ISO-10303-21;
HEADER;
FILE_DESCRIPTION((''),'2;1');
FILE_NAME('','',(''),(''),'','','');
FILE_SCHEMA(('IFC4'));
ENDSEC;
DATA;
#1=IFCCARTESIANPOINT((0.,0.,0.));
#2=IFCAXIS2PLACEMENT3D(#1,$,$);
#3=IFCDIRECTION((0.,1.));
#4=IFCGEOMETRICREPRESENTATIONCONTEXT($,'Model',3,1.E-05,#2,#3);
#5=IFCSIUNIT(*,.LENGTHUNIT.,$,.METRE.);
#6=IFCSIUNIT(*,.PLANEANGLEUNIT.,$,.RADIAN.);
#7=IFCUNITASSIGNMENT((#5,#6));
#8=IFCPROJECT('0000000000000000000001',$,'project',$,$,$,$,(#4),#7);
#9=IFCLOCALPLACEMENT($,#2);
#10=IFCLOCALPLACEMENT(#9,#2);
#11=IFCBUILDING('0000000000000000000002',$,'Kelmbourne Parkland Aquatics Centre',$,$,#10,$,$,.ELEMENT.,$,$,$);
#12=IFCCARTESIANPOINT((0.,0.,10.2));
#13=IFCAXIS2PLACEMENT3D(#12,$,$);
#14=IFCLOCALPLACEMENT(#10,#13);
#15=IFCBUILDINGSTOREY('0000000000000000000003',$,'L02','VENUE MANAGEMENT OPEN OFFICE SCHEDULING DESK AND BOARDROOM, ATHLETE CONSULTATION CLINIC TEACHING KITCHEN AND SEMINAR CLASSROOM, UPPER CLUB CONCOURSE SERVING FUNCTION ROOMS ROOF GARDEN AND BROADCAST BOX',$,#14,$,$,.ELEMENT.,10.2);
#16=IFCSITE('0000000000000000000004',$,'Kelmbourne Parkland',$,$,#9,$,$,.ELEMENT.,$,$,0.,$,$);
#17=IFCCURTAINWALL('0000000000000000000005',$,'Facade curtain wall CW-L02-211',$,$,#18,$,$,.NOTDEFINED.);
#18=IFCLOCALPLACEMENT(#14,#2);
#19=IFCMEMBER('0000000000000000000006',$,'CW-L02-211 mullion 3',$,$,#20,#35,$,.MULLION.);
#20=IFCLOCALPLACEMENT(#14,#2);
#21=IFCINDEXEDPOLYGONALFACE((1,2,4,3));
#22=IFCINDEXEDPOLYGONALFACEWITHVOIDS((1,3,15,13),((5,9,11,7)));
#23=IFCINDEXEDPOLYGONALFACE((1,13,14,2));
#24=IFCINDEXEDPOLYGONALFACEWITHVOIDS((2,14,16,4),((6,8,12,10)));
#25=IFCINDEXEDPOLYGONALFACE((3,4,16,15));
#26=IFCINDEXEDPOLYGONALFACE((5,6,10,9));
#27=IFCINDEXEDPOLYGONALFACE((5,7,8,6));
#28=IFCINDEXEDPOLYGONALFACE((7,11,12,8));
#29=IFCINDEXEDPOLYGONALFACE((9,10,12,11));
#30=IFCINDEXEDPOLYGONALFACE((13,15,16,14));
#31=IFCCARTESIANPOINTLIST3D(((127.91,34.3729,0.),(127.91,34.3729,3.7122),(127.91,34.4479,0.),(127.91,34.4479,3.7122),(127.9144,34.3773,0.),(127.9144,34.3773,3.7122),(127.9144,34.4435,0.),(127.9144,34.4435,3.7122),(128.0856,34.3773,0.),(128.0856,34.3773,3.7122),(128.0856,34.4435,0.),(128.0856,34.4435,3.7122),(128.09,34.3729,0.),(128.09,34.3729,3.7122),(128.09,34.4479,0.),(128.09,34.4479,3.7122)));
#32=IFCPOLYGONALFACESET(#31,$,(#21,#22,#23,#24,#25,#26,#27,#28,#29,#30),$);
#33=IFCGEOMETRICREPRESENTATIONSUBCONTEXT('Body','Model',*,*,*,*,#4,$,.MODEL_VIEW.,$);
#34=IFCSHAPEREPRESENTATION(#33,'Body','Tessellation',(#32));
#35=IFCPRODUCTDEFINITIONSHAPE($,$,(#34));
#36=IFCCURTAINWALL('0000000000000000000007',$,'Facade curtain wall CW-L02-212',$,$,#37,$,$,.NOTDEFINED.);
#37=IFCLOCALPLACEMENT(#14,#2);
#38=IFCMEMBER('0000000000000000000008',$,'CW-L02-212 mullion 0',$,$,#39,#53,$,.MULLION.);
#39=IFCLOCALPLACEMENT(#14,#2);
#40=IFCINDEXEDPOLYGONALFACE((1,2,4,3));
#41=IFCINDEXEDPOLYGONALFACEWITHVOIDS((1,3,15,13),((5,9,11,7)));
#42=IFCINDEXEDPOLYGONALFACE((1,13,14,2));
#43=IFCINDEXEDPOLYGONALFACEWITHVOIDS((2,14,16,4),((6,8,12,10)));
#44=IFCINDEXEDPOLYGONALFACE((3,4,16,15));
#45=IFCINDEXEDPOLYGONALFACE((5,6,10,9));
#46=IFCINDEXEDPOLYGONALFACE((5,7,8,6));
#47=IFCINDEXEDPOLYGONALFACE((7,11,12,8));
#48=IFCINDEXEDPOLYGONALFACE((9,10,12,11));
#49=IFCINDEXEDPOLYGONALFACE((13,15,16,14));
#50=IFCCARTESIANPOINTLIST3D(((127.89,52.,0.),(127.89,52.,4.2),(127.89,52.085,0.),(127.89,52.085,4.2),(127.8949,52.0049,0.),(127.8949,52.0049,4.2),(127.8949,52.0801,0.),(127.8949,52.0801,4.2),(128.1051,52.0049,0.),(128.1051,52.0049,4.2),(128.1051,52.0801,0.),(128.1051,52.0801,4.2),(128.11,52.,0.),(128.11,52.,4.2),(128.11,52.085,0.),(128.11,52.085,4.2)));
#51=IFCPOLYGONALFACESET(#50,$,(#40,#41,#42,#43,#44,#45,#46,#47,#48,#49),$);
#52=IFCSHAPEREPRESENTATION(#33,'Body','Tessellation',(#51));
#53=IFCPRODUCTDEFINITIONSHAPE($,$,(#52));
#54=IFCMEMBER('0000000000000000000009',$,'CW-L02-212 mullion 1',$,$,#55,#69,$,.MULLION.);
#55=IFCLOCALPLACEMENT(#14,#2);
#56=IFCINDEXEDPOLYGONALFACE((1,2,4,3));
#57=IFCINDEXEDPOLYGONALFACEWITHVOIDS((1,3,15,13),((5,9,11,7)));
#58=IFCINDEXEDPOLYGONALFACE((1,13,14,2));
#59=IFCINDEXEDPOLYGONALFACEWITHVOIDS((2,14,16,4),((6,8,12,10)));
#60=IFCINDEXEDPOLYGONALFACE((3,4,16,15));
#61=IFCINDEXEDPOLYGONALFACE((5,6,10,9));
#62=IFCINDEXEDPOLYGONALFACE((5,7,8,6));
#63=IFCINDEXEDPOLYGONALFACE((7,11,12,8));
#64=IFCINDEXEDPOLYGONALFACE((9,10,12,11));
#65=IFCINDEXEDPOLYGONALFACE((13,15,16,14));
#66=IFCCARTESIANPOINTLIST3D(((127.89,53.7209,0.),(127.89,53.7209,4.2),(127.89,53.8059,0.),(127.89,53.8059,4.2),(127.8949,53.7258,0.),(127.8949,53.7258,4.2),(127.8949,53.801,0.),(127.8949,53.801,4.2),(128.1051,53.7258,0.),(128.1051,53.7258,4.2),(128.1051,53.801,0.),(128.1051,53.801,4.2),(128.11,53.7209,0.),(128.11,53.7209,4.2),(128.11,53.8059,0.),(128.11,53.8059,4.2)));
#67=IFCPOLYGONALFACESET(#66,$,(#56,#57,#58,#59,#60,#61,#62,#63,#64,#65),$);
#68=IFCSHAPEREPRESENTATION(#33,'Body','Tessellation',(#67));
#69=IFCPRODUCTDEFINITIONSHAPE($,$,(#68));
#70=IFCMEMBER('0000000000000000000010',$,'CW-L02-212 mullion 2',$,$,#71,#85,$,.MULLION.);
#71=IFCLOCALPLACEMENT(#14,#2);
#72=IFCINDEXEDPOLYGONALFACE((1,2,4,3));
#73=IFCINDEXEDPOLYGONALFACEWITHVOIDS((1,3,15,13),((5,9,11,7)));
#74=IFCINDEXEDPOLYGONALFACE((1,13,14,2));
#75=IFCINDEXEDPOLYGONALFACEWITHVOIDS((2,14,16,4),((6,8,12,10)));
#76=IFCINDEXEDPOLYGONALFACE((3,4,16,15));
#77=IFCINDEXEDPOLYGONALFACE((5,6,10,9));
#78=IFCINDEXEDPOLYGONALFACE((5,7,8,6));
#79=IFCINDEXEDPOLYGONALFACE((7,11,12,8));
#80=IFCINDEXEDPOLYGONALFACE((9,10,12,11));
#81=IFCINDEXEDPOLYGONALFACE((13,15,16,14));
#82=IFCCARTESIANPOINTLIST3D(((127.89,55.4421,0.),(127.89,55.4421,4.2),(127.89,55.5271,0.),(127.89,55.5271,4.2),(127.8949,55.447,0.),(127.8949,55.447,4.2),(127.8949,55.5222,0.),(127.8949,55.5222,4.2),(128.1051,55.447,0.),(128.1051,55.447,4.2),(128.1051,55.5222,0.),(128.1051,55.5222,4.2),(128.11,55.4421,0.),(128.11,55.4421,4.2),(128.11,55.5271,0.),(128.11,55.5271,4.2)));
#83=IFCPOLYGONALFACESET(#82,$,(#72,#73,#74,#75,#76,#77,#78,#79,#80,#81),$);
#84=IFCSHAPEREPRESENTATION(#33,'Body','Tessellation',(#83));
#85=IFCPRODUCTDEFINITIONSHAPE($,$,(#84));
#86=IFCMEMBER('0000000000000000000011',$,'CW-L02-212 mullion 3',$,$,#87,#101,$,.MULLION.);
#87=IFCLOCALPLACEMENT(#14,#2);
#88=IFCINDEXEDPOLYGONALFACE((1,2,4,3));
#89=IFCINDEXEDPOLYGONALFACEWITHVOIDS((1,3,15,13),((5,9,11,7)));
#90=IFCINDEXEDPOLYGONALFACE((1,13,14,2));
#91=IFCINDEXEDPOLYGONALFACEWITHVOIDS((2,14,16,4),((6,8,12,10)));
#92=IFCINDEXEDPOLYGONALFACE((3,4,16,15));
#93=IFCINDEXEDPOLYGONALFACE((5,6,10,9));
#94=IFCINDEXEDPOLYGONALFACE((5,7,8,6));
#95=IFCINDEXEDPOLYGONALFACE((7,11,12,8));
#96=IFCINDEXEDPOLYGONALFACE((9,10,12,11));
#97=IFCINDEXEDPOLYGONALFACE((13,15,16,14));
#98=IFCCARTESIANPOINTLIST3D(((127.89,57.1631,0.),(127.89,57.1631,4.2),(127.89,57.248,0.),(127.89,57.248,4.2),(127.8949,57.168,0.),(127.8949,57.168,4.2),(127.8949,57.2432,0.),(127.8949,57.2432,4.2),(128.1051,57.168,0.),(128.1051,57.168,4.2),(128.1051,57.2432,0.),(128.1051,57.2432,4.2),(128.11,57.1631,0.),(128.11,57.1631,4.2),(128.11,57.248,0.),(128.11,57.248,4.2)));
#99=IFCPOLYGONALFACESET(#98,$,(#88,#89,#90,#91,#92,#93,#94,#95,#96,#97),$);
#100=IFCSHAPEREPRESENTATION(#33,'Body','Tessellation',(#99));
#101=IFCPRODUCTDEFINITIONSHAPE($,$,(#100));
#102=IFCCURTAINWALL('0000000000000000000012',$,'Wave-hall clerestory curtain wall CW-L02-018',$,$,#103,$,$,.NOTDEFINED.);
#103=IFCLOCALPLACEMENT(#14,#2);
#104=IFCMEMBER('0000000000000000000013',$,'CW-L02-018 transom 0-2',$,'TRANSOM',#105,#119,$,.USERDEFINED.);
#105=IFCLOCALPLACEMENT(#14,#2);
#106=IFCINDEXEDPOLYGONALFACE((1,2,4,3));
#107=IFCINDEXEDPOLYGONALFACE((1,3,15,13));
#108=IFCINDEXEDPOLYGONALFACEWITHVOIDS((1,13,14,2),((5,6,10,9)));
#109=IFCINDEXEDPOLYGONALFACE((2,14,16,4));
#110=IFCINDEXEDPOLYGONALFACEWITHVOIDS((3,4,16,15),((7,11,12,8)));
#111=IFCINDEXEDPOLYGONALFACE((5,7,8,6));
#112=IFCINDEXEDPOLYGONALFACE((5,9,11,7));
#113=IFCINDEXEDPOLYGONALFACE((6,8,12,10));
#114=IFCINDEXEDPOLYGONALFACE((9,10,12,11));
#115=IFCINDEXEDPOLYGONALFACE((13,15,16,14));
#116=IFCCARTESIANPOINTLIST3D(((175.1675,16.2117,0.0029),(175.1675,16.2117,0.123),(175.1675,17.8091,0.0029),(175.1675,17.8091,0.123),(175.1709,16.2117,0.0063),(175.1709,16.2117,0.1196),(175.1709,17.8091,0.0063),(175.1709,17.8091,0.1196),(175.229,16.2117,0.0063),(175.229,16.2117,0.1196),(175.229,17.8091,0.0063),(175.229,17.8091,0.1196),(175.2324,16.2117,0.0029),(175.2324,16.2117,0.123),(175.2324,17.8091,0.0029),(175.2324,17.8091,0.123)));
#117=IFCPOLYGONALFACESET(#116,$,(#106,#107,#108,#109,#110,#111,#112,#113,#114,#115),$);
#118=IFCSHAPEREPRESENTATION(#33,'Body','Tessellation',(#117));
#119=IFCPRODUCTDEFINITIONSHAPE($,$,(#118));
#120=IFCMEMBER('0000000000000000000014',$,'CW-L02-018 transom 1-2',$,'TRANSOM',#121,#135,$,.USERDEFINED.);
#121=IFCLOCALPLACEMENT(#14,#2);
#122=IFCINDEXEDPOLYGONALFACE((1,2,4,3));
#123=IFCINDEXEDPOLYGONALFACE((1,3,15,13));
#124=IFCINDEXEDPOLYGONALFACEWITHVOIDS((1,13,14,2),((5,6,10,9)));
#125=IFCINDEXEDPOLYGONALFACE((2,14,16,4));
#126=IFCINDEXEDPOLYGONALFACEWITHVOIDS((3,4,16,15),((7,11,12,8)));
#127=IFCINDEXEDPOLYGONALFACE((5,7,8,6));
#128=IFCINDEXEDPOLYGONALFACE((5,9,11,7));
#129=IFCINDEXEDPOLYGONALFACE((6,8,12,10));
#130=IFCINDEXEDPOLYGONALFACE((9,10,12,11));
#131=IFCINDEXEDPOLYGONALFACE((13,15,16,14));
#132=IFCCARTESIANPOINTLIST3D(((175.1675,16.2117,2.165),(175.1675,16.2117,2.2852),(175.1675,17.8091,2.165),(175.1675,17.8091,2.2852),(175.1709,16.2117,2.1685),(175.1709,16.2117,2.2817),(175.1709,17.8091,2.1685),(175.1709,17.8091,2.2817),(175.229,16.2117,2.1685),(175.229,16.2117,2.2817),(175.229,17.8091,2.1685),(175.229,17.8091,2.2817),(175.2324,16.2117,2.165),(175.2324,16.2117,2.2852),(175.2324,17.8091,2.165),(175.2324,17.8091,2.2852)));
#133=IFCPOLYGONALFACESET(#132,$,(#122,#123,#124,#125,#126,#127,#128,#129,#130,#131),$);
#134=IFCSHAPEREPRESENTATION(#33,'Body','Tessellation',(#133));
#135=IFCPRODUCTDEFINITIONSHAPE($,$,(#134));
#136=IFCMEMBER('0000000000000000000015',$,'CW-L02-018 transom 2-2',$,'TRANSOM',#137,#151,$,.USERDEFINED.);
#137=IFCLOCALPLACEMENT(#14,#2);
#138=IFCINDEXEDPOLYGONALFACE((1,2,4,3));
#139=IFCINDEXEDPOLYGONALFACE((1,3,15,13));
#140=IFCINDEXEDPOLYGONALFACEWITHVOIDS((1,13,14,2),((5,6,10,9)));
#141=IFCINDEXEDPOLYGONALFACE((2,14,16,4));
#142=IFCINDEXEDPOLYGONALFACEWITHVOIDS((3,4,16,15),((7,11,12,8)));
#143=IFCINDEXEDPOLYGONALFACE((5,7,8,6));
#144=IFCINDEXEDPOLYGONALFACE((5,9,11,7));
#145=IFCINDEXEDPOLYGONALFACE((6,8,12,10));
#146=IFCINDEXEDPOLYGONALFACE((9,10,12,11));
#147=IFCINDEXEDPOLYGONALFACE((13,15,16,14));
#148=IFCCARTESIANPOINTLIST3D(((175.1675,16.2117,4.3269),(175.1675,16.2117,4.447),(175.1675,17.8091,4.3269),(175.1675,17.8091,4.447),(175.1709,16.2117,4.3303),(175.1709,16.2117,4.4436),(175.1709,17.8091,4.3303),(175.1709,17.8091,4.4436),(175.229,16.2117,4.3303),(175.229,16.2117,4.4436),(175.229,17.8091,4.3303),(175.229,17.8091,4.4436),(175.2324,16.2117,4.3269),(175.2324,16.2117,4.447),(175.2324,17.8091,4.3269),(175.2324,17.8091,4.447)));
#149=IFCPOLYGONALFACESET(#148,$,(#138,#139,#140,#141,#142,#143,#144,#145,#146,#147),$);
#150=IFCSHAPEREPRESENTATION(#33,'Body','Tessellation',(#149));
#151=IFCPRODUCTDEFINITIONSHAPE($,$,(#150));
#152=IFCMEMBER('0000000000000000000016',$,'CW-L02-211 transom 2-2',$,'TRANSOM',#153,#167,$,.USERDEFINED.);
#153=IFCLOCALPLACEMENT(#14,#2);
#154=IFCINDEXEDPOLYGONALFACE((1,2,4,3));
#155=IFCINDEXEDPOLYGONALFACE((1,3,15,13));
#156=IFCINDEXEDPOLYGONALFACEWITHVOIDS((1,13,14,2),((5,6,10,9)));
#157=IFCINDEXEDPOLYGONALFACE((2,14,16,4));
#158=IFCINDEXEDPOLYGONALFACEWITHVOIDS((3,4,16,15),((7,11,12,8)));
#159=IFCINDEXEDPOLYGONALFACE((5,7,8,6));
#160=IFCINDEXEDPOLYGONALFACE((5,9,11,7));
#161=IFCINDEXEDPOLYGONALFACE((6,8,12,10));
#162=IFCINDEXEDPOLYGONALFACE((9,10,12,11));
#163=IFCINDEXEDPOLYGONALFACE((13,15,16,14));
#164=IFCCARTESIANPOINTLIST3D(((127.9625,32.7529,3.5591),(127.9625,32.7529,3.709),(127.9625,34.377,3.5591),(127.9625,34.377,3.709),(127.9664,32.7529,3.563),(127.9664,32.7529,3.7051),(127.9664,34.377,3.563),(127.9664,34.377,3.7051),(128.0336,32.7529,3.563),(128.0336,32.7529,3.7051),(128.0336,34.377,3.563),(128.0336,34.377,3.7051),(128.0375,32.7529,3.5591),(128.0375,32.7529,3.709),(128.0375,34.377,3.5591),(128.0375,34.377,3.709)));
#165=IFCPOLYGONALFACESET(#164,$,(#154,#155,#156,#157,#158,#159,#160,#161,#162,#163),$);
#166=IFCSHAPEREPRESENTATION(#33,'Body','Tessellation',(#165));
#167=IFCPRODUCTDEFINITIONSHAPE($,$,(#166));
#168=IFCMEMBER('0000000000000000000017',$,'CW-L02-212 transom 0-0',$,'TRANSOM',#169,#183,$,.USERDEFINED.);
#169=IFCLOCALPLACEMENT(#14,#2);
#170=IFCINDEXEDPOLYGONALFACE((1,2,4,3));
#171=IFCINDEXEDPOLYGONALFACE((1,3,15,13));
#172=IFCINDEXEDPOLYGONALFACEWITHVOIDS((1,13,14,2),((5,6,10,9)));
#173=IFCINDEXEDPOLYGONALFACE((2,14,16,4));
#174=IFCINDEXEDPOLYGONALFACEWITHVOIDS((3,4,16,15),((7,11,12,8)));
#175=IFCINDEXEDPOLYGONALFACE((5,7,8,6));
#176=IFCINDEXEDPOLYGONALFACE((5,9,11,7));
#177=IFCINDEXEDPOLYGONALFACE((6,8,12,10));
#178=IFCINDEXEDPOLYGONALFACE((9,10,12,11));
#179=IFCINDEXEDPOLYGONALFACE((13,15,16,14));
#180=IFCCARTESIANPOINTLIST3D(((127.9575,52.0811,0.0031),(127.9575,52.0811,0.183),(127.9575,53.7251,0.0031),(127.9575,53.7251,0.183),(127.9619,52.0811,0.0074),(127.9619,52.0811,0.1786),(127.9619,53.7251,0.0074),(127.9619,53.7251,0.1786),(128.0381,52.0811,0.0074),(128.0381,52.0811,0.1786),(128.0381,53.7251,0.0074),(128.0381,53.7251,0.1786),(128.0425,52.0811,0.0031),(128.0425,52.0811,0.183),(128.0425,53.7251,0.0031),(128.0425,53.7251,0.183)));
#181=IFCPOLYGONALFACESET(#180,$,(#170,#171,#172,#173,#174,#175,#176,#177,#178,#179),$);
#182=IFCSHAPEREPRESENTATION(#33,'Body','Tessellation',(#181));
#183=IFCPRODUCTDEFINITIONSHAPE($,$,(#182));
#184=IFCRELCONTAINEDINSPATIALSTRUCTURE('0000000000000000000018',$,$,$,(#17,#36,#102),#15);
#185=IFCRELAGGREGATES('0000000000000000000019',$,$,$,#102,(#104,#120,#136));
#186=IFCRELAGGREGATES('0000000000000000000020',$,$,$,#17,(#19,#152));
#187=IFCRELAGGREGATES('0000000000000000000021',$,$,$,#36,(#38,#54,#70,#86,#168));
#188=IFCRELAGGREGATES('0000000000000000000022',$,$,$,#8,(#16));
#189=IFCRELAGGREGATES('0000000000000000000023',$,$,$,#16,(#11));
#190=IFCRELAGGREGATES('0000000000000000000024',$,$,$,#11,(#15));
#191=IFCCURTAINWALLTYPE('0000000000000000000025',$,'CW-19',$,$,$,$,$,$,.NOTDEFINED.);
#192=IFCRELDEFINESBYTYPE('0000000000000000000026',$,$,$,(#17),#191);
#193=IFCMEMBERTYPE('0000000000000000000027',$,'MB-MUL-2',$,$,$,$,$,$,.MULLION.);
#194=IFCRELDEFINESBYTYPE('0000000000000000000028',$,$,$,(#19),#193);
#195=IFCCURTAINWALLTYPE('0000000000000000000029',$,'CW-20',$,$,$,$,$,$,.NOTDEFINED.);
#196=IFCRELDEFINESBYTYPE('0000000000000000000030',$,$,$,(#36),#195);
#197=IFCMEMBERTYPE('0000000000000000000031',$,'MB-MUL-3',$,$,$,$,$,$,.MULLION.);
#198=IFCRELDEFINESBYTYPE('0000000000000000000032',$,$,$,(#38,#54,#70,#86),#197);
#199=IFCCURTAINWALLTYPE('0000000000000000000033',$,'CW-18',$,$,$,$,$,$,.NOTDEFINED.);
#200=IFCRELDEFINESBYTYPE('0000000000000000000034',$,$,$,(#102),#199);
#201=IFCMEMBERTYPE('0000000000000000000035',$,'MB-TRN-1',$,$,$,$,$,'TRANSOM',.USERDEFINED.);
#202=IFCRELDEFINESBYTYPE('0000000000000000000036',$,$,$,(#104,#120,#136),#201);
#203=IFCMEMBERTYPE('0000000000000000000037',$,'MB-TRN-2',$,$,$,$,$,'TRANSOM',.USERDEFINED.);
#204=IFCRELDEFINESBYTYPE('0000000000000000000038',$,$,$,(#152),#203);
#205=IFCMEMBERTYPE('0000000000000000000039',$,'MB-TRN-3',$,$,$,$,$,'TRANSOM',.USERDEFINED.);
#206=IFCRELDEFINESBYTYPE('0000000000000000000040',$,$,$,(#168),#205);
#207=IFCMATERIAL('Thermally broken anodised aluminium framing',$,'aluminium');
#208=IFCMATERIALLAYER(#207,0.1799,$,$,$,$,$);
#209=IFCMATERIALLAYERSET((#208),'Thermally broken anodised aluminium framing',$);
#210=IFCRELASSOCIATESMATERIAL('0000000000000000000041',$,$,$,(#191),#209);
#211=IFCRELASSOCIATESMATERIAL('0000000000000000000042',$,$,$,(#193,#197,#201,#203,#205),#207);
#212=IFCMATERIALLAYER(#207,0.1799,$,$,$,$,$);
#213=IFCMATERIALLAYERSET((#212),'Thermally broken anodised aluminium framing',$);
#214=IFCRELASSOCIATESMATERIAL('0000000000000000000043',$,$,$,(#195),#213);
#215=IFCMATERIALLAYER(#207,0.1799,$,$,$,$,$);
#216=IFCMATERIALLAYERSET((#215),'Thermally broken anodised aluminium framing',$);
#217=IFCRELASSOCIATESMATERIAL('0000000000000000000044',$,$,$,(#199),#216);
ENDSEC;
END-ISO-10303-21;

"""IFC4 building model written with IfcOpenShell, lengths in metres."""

from ifc_helpers import new_model, si_unit, direction, frame, origin, origin_2d, place, context, subcontext, project, spatial, hollow_rectangle, extrude, material, layer, layer_set, material_profile, profile_set, type_object, element, aggregate, save


model = new_model("IFC4")

# Units and contexts
model_context = context("Model", 3, precision=1e-05, world=origin(), true_north=direction((0.0, 1.0)))
body_context = subcontext(model_context, "Body", "Model", "MODEL_VIEW")
ifc_project = project(units=[si_unit("LENGTHUNIT", "METRE"), si_unit("PLANEANGLEUNIT", "RADIAN")], contexts=[model_context])

# Site, building, storey
site_placement = place(None, origin())
site = spatial("IfcSite", under=ifc_project, at=site_placement, Name="Kelmbourne Parkland", CompositionType="ELEMENT", RefElevation=0.0)
building_placement = place(site_placement, origin())
building = spatial("IfcBuilding", under=site, at=building_placement, Name="Kelmbourne Parkland Aquatics Centre", CompositionType="ELEMENT")
storey_placement = place(building_placement, frame((0.0, 0.0, 10.2)))
storey = spatial("IfcBuildingStorey", under=building, at=storey_placement, Name="L02", Description="VENUE MANAGEMENT OPEN OFFICE SCHEDULING DESK AND BOARDROOM, ATHLETE CONSULTATION CLINIC TEACHING KITCHEN AND SEMINAR CLASSROOM, UPPER CLUB CONCOURSE SERVING FUNCTION ROOMS ROOF GARDEN AND BROADCAST BOX", CompositionType="ELEMENT", Elevation=10.2)

# Curtain wall, member
ifc_material_1 = material(Name="Thermally broken anodised aluminium framing", Category="aluminium")
ifc_layer_1 = layer(ifc_material_1, 0.1799)
ifc_layer_set_1 = layer_set([ifc_layer_1], Name="Thermally broken anodised aluminium framing")
curtain_wall_type_1 = type_object("IfcCurtainWallType", Name="CW-19", PredefinedType="NOTDEFINED", material=ifc_layer_set_1)
curtain_wall_1_placement = place(storey_placement, origin())
curtain_wall_1 = element("IfcCurtainWall", 1, at=curtain_wall_1_placement, inside=storey, type_object=curtain_wall_type_1, Name="Facade curtain wall CW-L02-211", PredefinedType="NOTDEFINED")
ifc_material_profile_1 = material_profile(ifc_material_1, hollow_rectangle(XDim=0.075, YDim=0.1799, WallThickness=0.0044, at=origin_2d()), Name="CW-M 75x180")
ifc_profile_set_1 = profile_set([ifc_material_profile_1], Name="Thermally broken anodised aluminium framing")
member_type_1 = type_object("IfcMemberType", Name="MB-MUL-2", PredefinedType="MULLION", material=ifc_profile_set_1)
member_1_placement = place(storey_placement, frame((128.0, 34.4104, 0.0), z_axis=(0.0, 0.0, 1.0), x_axis=(0.0, 1.0, 0.0)))
member_1 = element("IfcMember", 2, at=member_1_placement, type_object=member_type_1, Name="CW-L02-211 mullion 3", PredefinedType="MULLION", context=body_context, shape_type="SweptSolid", body=[
    extrude(hollow_rectangle(XDim=0.075, YDim=0.1799, WallThickness=0.0044, at=origin_2d()), origin(), (0.0, 0.0, 1.0), 3.7122),
])

# Curtain walls, members
ifc_layer_2 = layer(ifc_material_1, 0.1799)
ifc_layer_set_2 = layer_set([ifc_layer_2], Name="Thermally broken anodised aluminium framing")
curtain_wall_type_2 = type_object("IfcCurtainWallType", Name="CW-20", PredefinedType="NOTDEFINED", material=ifc_layer_set_2)
curtain_wall_2_placement = place(storey_placement, origin())
curtain_wall_2 = element("IfcCurtainWall", 3, at=curtain_wall_2_placement, inside=storey, type_object=curtain_wall_type_2, Name="Facade curtain wall CW-L02-212", PredefinedType="NOTDEFINED")
ifc_material_profile_2 = material_profile(ifc_material_1, hollow_rectangle(XDim=0.085, YDim=0.22, WallThickness=0.0049, at=origin_2d()), Name="CW-M 85x220")
ifc_profile_set_2 = profile_set([ifc_material_profile_2], Name="Thermally broken anodised aluminium framing")
member_type_2 = type_object("IfcMemberType", Name="MB-MUL-3", PredefinedType="MULLION", material=ifc_profile_set_2)
member_2_placement = place(storey_placement, frame((128.0, 52.0425, 0.0), z_axis=(0.0, 0.0, 1.0), x_axis=(0.0, 1.0, 0.0)))
member_2 = element("IfcMember", 4, at=member_2_placement, type_object=member_type_2, Name="CW-L02-212 mullion 0", PredefinedType="MULLION", context=body_context, shape_type="SweptSolid", body=[
    extrude(hollow_rectangle(XDim=0.085, YDim=0.22, WallThickness=0.0049, at=origin_2d()), origin(), (0.0, 0.0, 1.0), 4.2),
])
member_3_placement = place(storey_placement, frame((128.0, 53.7634, 0.0), z_axis=(0.0, 0.0, 1.0), x_axis=(0.0, 1.0, 0.0)))
member_3 = element("IfcMember", 5, at=member_3_placement, type_object=member_type_2, Name="CW-L02-212 mullion 1", PredefinedType="MULLION", context=body_context, shape_type="SweptSolid", body=[
    extrude(hollow_rectangle(XDim=0.085, YDim=0.22, WallThickness=0.0049, at=origin_2d()), origin(), (0.0, 0.0, 1.0), 4.2),
])
member_4_placement = place(storey_placement, frame((128.0, 55.4846, 0.0), z_axis=(0.0, 0.0, 1.0), x_axis=(0.0, 1.0, 0.0)))
member_4 = element("IfcMember", 6, at=member_4_placement, type_object=member_type_2, Name="CW-L02-212 mullion 2", PredefinedType="MULLION", context=body_context, shape_type="SweptSolid", body=[
    extrude(hollow_rectangle(XDim=0.085, YDim=0.22, WallThickness=0.0049, at=origin_2d()), origin(), (0.0, 0.0, 1.0), 4.2),
])
member_5_placement = place(storey_placement, frame((128.0, 57.2056, 0.0), z_axis=(0.0, 0.0, 1.0), x_axis=(0.0, 1.0, 0.0)))
member_5 = element("IfcMember", 7, at=member_5_placement, type_object=member_type_2, Name="CW-L02-212 mullion 3", PredefinedType="MULLION", context=body_context, shape_type="SweptSolid", body=[
    extrude(hollow_rectangle(XDim=0.085, YDim=0.22, WallThickness=0.0049, at=origin_2d()), origin(), (0.0, 0.0, 1.0), 4.2),
])
ifc_layer_3 = layer(ifc_material_1, 0.1799)
ifc_layer_set_3 = layer_set([ifc_layer_3], Name="Thermally broken anodised aluminium framing")
curtain_wall_type_3 = type_object("IfcCurtainWallType", Name="CW-18", PredefinedType="NOTDEFINED", material=ifc_layer_set_3)
curtain_wall_3_placement = place(storey_placement, origin())
curtain_wall_3 = element("IfcCurtainWall", 8, at=curtain_wall_3_placement, inside=storey, type_object=curtain_wall_type_3, Name="Wave-hall clerestory curtain wall CW-L02-018", PredefinedType="NOTDEFINED")
ifc_material_profile_3 = material_profile(ifc_material_1, hollow_rectangle(XDim=0.0649, YDim=0.1201, WallThickness=0.0034, at=origin_2d()), Name="CW-T 65x120")
ifc_profile_set_3 = profile_set([ifc_material_profile_3], Name="Thermally broken anodised aluminium framing")
member_type_3 = type_object("IfcMemberType", Name="MB-TRN-1", ElementType="TRANSOM", PredefinedType="USERDEFINED", material=ifc_profile_set_3)
member_6_placement = place(storey_placement, frame((175.2, 16.2117, 0.063), z_axis=(0.0, 1.0, 0.0), x_axis=(-1.0, 0.0, 0.0)))
member_6 = element("IfcMember", 9, at=member_6_placement, type_object=member_type_3, Name="CW-L02-018 transom 0-2", ObjectType="TRANSOM", PredefinedType="USERDEFINED", context=body_context, shape_type="SweptSolid", body=[
    extrude(hollow_rectangle(XDim=0.0649, YDim=0.1201, WallThickness=0.0034, at=origin_2d()), origin(), (0.0, 0.0, 1.0), 1.5974),
])
member_7_placement = place(storey_placement, frame((175.2, 16.2117, 2.2251), z_axis=(0.0, 1.0, 0.0), x_axis=(-1.0, 0.0, 0.0)))
member_7 = element("IfcMember", 10, at=member_7_placement, type_object=member_type_3, Name="CW-L02-018 transom 1-2", ObjectType="TRANSOM", PredefinedType="USERDEFINED", context=body_context, shape_type="SweptSolid", body=[
    extrude(hollow_rectangle(XDim=0.0649, YDim=0.1201, WallThickness=0.0034, at=origin_2d()), origin(), (0.0, 0.0, 1.0), 1.5974),
])
member_8_placement = place(storey_placement, frame((175.2, 16.2117, 4.387), z_axis=(0.0, 1.0, 0.0), x_axis=(-1.0, 0.0, 0.0)))
member_8 = element("IfcMember", 11, at=member_8_placement, type_object=member_type_3, Name="CW-L02-018 transom 2-2", ObjectType="TRANSOM", PredefinedType="USERDEFINED", context=body_context, shape_type="SweptSolid", body=[
    extrude(hollow_rectangle(XDim=0.0649, YDim=0.1201, WallThickness=0.0034, at=origin_2d()), origin(), (0.0, 0.0, 1.0), 1.5974),
])
aggregate(curtain_wall_3, [member_6, member_7, member_8])

# Members
ifc_material_profile_4 = material_profile(ifc_material_1, hollow_rectangle(XDim=0.075, YDim=0.1499, WallThickness=0.0039, at=origin_2d()), Name="CW-T 75x150")
ifc_profile_set_4 = profile_set([ifc_material_profile_4], Name="Thermally broken anodised aluminium framing")
member_type_4 = type_object("IfcMemberType", Name="MB-TRN-2", ElementType="TRANSOM", PredefinedType="USERDEFINED", material=ifc_profile_set_4)
member_9_placement = place(storey_placement, frame((128.0, 32.7529, 3.634), z_axis=(0.0, 1.0, 0.0), x_axis=(-1.0, 0.0, 0.0)))
member_9 = element("IfcMember", 12, at=member_9_placement, type_object=member_type_4, Name="CW-L02-211 transom 2-2", ObjectType="TRANSOM", PredefinedType="USERDEFINED", context=body_context, shape_type="SweptSolid", body=[
    extrude(hollow_rectangle(XDim=0.075, YDim=0.1499, WallThickness=0.0039, at=origin_2d()), origin(), (0.0, 0.0, 1.0), 1.624),
])
ifc_material_profile_5 = material_profile(ifc_material_1, hollow_rectangle(XDim=0.085, YDim=0.1799, WallThickness=0.0044, at=origin_2d()), Name="CW-T 85x180")
ifc_profile_set_5 = profile_set([ifc_material_profile_5], Name="Thermally broken anodised aluminium framing")
member_type_5 = type_object("IfcMemberType", Name="MB-TRN-3", ElementType="TRANSOM", PredefinedType="USERDEFINED", material=ifc_profile_set_5)
member_10_placement = place(storey_placement, frame((128.0, 52.0811, 0.093), z_axis=(0.0, 1.0, 0.0), x_axis=(-1.0, 0.0, 0.0)))
member_10 = element("IfcMember", 13, at=member_10_placement, type_object=member_type_5, Name="CW-L02-212 transom 0-0", ObjectType="TRANSOM", PredefinedType="USERDEFINED", context=body_context, shape_type="SweptSolid", body=[
    extrude(hollow_rectangle(XDim=0.085, YDim=0.1799, WallThickness=0.0044, at=origin_2d()), origin(), (0.0, 0.0, 1.0), 1.644),
])

aggregate(curtain_wall_1, [member_1, member_9])
aggregate(curtain_wall_2, [member_2, member_3, member_4, member_5, member_10])

save(model, "model.ifc")
